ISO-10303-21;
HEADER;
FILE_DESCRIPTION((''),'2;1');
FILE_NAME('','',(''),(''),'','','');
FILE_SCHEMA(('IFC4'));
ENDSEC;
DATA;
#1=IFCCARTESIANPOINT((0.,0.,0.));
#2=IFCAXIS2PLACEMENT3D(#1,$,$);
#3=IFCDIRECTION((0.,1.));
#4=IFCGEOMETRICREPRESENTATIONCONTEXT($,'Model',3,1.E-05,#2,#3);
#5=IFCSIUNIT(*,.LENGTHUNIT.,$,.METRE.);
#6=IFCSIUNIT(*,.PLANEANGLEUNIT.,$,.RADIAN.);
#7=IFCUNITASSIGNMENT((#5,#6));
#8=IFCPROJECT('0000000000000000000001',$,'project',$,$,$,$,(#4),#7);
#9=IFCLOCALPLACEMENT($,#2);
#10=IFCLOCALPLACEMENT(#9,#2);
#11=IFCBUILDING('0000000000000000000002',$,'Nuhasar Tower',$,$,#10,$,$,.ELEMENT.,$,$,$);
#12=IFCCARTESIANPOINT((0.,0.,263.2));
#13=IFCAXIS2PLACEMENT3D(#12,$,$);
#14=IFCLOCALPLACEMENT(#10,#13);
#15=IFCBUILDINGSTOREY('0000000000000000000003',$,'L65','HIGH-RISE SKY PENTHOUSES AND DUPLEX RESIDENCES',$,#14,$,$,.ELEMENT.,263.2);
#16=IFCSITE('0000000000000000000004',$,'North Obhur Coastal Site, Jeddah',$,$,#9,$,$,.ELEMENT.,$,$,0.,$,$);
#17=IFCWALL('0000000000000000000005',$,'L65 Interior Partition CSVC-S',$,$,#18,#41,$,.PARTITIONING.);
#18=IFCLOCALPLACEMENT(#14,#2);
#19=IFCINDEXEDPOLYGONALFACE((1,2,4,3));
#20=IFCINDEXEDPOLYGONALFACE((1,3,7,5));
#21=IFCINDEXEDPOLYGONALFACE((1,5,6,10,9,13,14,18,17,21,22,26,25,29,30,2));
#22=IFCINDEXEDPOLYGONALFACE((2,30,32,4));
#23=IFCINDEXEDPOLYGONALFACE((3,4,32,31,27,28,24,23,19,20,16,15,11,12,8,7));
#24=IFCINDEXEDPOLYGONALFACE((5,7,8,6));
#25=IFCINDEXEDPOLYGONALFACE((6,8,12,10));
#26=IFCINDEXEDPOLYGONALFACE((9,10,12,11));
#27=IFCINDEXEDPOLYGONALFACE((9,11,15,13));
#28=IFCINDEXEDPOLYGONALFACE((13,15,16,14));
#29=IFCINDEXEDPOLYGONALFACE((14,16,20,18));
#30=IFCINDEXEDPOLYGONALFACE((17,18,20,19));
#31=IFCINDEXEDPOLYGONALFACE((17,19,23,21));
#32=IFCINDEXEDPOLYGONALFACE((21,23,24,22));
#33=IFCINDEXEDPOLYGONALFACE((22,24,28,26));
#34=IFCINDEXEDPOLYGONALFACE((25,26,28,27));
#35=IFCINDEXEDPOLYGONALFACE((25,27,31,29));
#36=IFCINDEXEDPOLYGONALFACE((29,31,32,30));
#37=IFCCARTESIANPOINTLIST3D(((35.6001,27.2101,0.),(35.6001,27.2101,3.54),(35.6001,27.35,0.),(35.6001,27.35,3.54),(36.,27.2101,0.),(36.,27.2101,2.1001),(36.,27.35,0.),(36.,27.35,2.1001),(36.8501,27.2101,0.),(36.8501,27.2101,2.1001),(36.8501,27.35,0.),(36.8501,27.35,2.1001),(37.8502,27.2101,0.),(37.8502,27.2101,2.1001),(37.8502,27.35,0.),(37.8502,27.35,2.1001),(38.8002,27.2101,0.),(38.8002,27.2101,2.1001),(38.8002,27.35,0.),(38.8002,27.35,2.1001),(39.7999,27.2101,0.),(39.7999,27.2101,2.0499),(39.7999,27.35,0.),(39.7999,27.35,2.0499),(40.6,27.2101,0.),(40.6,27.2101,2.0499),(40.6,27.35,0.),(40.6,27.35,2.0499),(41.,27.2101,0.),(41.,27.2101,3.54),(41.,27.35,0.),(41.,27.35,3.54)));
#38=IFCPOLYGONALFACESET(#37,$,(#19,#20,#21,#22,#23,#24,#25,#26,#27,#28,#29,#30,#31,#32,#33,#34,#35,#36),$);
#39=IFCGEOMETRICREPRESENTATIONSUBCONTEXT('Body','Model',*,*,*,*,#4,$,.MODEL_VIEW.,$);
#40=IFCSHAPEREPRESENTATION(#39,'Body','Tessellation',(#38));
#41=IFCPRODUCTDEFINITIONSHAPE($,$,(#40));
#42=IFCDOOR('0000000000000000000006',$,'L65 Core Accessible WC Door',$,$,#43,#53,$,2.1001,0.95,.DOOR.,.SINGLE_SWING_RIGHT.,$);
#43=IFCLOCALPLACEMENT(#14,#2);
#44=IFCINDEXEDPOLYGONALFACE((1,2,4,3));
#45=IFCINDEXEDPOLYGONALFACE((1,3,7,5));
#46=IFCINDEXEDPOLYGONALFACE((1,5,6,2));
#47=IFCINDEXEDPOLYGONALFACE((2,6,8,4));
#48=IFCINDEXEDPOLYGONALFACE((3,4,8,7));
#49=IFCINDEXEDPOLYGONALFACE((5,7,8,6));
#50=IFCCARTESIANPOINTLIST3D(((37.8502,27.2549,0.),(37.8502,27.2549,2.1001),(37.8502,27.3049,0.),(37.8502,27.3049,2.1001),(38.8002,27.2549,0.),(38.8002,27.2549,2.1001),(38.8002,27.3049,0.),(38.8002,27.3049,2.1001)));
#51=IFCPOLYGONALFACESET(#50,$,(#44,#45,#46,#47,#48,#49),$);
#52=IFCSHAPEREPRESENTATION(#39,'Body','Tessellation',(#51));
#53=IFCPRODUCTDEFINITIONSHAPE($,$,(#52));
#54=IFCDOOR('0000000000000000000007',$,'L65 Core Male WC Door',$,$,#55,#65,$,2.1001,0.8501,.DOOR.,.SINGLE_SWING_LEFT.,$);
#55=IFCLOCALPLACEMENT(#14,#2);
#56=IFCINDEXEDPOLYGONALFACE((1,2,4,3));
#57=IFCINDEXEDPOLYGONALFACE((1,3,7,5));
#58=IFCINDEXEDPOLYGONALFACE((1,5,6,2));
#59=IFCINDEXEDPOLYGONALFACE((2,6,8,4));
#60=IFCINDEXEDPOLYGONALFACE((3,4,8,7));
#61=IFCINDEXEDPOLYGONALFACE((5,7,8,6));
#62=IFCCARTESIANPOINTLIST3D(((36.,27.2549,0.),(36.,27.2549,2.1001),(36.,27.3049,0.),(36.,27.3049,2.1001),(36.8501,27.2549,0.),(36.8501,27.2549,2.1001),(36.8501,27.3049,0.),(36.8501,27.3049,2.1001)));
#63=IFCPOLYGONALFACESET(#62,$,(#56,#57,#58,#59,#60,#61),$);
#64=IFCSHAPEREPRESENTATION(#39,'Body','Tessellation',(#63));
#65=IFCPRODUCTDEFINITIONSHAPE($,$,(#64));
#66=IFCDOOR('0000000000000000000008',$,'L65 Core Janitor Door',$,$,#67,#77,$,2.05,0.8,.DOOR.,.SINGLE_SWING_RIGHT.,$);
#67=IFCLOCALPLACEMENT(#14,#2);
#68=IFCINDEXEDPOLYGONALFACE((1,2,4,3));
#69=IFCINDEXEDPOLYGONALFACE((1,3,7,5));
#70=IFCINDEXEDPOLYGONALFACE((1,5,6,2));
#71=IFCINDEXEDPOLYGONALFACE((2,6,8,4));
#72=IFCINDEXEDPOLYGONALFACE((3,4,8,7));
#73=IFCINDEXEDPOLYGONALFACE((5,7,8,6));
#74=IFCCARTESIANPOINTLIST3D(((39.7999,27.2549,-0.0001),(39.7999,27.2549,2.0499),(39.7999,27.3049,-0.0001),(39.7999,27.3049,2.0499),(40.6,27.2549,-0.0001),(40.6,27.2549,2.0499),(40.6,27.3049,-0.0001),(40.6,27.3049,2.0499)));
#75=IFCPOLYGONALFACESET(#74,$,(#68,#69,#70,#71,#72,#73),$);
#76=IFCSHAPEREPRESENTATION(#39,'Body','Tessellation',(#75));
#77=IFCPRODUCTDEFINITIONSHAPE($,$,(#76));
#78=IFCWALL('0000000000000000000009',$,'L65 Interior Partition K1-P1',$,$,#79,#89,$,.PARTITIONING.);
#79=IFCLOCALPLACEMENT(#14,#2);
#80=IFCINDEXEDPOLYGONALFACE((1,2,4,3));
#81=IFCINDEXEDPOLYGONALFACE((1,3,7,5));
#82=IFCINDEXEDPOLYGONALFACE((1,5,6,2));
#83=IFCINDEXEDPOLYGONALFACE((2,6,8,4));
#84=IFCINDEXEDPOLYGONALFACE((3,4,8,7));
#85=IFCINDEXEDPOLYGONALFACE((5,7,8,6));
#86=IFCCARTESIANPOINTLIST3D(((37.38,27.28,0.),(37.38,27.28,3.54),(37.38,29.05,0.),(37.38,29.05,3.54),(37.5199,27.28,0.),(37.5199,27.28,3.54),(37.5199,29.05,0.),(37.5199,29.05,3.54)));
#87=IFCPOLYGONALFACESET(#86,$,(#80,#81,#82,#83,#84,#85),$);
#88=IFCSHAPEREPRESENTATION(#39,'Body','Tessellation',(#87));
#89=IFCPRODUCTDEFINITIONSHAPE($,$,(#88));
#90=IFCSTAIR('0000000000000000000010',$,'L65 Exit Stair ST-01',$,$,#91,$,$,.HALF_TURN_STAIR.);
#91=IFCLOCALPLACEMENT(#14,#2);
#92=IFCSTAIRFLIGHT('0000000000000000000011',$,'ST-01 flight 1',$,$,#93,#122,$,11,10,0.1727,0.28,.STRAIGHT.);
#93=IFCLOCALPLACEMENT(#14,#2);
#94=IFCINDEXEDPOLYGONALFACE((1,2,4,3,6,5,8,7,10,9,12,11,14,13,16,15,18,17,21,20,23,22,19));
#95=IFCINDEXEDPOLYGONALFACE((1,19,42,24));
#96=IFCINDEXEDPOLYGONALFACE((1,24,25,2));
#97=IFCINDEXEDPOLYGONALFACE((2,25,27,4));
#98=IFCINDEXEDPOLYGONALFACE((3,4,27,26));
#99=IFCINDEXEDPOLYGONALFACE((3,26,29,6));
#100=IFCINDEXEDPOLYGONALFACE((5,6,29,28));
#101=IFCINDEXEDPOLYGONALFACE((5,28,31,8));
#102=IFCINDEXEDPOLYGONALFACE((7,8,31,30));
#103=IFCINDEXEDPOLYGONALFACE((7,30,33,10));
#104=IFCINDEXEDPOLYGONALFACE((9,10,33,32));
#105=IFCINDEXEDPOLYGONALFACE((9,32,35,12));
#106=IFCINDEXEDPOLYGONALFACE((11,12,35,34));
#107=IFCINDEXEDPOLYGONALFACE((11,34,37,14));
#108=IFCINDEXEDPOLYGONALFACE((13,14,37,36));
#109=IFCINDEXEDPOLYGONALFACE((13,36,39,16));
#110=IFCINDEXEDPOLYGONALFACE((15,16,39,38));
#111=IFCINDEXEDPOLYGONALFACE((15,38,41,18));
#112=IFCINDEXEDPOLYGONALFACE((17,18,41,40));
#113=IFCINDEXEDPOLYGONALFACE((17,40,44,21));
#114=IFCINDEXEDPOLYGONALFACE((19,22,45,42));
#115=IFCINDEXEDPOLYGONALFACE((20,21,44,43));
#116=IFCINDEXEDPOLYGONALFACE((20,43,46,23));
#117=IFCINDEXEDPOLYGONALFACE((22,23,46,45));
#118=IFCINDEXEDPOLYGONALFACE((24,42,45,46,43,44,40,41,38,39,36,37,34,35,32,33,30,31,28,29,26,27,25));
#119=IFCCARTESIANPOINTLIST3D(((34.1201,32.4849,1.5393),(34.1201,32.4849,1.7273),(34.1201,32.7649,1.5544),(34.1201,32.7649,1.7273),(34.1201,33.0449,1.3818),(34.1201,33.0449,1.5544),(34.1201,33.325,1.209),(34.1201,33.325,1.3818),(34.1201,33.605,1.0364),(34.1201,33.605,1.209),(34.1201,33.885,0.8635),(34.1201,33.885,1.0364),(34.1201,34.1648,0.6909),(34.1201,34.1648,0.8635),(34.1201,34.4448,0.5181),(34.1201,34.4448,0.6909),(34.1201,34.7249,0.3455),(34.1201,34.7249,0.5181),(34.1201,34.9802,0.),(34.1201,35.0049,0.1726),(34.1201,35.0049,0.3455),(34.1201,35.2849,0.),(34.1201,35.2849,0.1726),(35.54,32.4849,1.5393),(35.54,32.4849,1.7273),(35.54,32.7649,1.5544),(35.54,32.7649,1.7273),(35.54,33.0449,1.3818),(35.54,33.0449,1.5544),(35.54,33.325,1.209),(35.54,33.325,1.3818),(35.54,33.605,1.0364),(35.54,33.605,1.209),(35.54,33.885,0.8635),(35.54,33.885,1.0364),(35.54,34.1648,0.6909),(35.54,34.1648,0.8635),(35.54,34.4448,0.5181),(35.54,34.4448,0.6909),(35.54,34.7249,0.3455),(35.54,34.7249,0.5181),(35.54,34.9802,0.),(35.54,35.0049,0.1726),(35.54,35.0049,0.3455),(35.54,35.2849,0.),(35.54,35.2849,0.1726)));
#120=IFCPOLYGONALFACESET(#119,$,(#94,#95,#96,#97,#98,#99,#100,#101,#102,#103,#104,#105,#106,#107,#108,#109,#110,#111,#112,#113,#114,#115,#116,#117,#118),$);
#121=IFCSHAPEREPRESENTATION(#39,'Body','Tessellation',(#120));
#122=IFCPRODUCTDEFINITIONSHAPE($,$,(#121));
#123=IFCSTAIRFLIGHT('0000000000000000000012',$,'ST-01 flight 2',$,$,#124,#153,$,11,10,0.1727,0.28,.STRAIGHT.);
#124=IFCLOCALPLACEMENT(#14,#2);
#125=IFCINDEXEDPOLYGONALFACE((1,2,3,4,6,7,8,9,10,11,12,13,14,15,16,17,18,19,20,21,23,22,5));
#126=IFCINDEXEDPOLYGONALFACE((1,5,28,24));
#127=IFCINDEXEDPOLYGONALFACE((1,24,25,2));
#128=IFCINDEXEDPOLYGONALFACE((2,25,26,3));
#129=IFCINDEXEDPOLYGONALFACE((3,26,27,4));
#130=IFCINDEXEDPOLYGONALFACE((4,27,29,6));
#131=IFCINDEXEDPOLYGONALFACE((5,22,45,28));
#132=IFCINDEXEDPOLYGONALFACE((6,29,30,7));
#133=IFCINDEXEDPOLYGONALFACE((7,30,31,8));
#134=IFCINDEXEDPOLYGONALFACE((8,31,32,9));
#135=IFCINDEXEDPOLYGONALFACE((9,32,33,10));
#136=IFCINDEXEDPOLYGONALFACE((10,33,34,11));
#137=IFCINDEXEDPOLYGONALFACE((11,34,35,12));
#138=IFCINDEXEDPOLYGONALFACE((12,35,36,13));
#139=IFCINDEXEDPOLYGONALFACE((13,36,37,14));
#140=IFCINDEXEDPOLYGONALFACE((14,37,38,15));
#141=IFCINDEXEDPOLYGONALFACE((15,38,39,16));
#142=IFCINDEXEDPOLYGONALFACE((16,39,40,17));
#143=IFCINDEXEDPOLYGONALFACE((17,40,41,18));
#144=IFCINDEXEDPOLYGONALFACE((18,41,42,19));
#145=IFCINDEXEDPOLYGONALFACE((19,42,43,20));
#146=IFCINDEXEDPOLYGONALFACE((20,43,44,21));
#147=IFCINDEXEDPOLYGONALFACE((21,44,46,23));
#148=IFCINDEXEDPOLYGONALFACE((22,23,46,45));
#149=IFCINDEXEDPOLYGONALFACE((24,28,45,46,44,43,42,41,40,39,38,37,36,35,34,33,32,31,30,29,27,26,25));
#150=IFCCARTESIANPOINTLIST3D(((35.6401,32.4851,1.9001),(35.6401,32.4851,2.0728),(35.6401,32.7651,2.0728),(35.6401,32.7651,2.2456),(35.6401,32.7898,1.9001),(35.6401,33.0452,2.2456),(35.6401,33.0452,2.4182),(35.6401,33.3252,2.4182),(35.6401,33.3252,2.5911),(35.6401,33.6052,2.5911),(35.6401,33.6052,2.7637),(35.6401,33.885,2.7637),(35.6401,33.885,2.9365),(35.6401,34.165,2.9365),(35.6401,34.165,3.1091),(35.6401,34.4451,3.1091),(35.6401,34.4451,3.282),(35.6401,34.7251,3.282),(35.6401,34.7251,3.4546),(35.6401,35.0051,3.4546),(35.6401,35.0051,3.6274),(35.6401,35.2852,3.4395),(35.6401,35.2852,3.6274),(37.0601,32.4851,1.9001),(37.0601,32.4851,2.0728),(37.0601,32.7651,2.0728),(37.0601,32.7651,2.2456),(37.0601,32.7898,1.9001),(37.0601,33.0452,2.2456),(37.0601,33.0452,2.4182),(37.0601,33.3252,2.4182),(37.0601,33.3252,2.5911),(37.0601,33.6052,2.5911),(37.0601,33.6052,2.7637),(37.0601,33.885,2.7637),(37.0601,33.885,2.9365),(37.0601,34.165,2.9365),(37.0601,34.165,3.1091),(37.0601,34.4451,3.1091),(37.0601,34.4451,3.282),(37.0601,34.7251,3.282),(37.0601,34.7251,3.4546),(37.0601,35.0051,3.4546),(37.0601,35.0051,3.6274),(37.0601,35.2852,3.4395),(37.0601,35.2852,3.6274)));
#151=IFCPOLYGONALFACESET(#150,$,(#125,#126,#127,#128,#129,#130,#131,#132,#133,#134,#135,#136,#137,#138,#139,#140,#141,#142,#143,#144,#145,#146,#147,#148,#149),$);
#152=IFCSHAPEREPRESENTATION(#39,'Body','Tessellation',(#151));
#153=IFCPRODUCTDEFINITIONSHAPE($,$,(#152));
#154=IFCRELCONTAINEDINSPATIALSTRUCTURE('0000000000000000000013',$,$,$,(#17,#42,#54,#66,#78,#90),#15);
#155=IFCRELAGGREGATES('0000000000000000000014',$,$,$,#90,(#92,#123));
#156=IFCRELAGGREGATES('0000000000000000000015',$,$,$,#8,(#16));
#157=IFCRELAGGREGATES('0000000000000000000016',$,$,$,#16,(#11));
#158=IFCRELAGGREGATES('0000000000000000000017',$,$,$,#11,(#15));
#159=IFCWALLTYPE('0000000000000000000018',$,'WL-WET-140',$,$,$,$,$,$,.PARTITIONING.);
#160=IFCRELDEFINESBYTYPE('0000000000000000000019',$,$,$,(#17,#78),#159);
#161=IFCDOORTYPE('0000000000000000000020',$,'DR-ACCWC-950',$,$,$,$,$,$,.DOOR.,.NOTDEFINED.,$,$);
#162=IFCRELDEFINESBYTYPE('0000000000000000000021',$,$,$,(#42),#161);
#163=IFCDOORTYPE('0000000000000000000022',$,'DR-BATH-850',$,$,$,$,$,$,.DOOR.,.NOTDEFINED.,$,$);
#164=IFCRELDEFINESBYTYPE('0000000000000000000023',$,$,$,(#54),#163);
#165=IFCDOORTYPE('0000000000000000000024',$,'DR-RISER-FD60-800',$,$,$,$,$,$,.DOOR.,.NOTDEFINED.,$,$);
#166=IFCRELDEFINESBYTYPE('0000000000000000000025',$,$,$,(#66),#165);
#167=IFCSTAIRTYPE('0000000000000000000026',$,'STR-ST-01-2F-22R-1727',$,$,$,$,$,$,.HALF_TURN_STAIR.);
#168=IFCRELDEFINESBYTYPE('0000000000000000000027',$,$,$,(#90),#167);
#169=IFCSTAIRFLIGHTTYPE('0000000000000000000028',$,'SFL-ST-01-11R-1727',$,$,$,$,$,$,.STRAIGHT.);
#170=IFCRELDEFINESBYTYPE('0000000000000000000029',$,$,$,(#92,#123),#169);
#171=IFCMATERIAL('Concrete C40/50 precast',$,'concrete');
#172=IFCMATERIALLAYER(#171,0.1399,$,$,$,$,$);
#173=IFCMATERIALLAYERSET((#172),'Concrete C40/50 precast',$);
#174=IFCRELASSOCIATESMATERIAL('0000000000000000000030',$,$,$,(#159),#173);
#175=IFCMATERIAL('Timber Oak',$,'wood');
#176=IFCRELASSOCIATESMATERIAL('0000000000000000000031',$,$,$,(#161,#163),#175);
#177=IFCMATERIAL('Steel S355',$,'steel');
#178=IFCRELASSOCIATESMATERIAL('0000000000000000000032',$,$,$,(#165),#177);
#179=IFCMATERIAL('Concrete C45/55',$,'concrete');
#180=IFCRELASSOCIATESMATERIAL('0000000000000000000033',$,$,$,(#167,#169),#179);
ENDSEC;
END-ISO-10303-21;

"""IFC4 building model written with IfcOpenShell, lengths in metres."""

from ifc_helpers import new_model, si_unit, direction, frame, frame_2d, origin, place, context, subcontext, project, spatial, polyline, rectangle, outline, extrude, material, layer, layer_set, type_object, element, fill, aggregate, save


model = new_model("IFC4")

# Units and contexts
model_context = context("Model", 3, precision=1e-05, world=origin(), true_north=direction((0.0, 1.0)))
body_context = subcontext(model_context, "Body", "Model", "MODEL_VIEW")
ifc_project = project(units=[si_unit("LENGTHUNIT", "METRE"), si_unit("PLANEANGLEUNIT", "RADIAN")], contexts=[model_context])

# Site, building, storey
site_placement = place(None, origin())
site = spatial("IfcSite", under=ifc_project, at=site_placement, Name="North Obhur Coastal Site, Jeddah", CompositionType="ELEMENT", RefElevation=0.0)
building_placement = place(site_placement, origin())
building = spatial("IfcBuilding", under=site, at=building_placement, Name="Nuhasar Tower", CompositionType="ELEMENT")
storey_placement = place(building_placement, frame((0.0, 0.0, 263.2)))
storey = spatial("IfcBuildingStorey", under=building, at=storey_placement, Name="L65", Description="HIGH-RISE SKY PENTHOUSES AND DUPLEX RESIDENCES", CompositionType="ELEMENT", Elevation=263.2)

# Shared definitions
ifc_material_1 = material(Name="Steel S355", Category="steel")

# Shared definitions
ifc_material_2 = material(Name="Concrete C40/50 precast", Category="concrete")
ifc_layer_1 = layer(ifc_material_2, 0.1399)
ifc_layer_set_1 = layer_set([ifc_layer_1], Name="Concrete C40/50 precast")
wall_type_1 = type_object("IfcWallType", Name="WL-WET-140", PredefinedType="PARTITIONING", material=ifc_layer_set_1)

# Wall, openings, doors
wall_1_placement = place(storey_placement, frame((35.6001, 27.28, 0.0), z_axis=(0.0, 0.0, 1.0), x_axis=(1.0, 0.0, 0.0)))
wall_1 = element("IfcWall", 1, at=wall_1_placement, inside=storey, type_object=wall_type_1, Name="L65 Interior Partition CSVC-S", PredefinedType="PARTITIONING", context=body_context, shape_type="SweptSolid", body=[
    extrude(rectangle(XDim=5.3999, YDim=0.1399, at=frame_2d((2.7, 0.0))), origin(), (0.0, 0.0, 1.0), 3.54),
])
opening_1_placement = place(wall_1_placement, frame((0.3999, 0.0, 0.0)))
opening_1 = element("IfcOpeningElement", 2, at=opening_1_placement, cuts=wall_1, PredefinedType="OPENING", context=body_context, shape_type="SweptSolid", body=[
    extrude(rectangle(XDim=0.8501, YDim=2.1001, at=frame_2d((0.425, 1.05))), frame((0.0, 0.0801, 0.0), z_axis=(0.0, -1.0, 0.0), x_axis=(1.0, 0.0, 0.0)), (0.0, 0.0, 1.0), 0.1599),
])
opening_2_placement = place(wall_1_placement, frame((2.25, 0.0, 0.0)))
opening_2 = element("IfcOpeningElement", 3, at=opening_2_placement, cuts=wall_1, PredefinedType="OPENING", context=body_context, shape_type="SweptSolid", body=[
    extrude(rectangle(XDim=0.95, YDim=2.1001, at=frame_2d((0.4751, 1.05))), frame((0.0, 0.0801, 0.0), z_axis=(0.0, -1.0, 0.0), x_axis=(1.0, 0.0, 0.0)), (0.0, 0.0, 1.0), 0.1599),
])
opening_3_placement = place(wall_1_placement, frame((4.2, 0.0, 0.0)))
opening_3 = element("IfcOpeningElement", 4, at=opening_3_placement, cuts=wall_1, PredefinedType="OPENING", context=body_context, shape_type="SweptSolid", body=[
    extrude(rectangle(XDim=0.8, YDim=2.05, at=frame_2d((0.3999, 1.0249))), frame((0.0, 0.0801, 0.0), z_axis=(0.0, -1.0, 0.0), x_axis=(1.0, 0.0, 0.0)), (0.0, 0.0, 1.0), 0.1599),
])
ifc_material_3 = material(Name="Timber Oak", Category="wood")
door_type_1 = type_object("IfcDoorType", Name="DR-ACCWC-950", OperationType="NOTDEFINED", PredefinedType="DOOR", material=ifc_material_3)
door_1_placement = place(opening_2_placement, origin())
door_1 = element("IfcDoor", 5, at=door_1_placement, inside=storey, type_object=door_type_1, Name="L65 Core Accessible WC Door", OperationType="SINGLE_SWING_RIGHT", OverallHeight=2.1001, OverallWidth=0.95, PredefinedType="DOOR", context=body_context, shape_type="SweptSolid", body=[
    extrude(rectangle(XDim=0.95, YDim=2.1001, at=frame_2d((0.4751, 1.05))), frame((0.0, 0.0249, 0.0), z_axis=(0.0, -1.0, 0.0), x_axis=(1.0, 0.0, 0.0)), (0.0, 0.0, 1.0), 0.05),
])
fill(opening_2, door_1)
door_type_2 = type_object("IfcDoorType", Name="DR-BATH-850", OperationType="NOTDEFINED", PredefinedType="DOOR", material=ifc_material_3)
door_2_placement = place(opening_1_placement, origin())
door_2 = element("IfcDoor", 6, at=door_2_placement, inside=storey, type_object=door_type_2, Name="L65 Core Male WC Door", OperationType="SINGLE_SWING_LEFT", OverallHeight=2.1001, OverallWidth=0.8501, PredefinedType="DOOR", context=body_context, shape_type="SweptSolid", body=[
    extrude(rectangle(XDim=0.8501, YDim=2.1001, at=frame_2d((0.425, 1.05))), frame((0.0, 0.0249, 0.0), z_axis=(0.0, -1.0, 0.0), x_axis=(1.0, 0.0, 0.0)), (0.0, 0.0, 1.0), 0.05),
])
fill(opening_1, door_2)
door_type_3 = type_object("IfcDoorType", Name="DR-RISER-FD60-800", OperationType="NOTDEFINED", PredefinedType="DOOR", material=ifc_material_1)
door_3_placement = place(opening_3_placement, origin())
door_3 = element("IfcDoor", 7, at=door_3_placement, inside=storey, type_object=door_type_3, Name="L65 Core Janitor Door", OperationType="SINGLE_SWING_RIGHT", OverallHeight=2.05, OverallWidth=0.8, PredefinedType="DOOR", context=body_context, shape_type="SweptSolid", body=[
    extrude(rectangle(XDim=0.8, YDim=2.05, at=frame_2d((0.3999, 1.0249))), frame((0.0, 0.0249, 0.0), z_axis=(0.0, -1.0, 0.0), x_axis=(1.0, 0.0, 0.0)), (0.0, 0.0, 1.0), 0.05),
])
fill(opening_3, door_3)

# Wall
wall_2_placement = place(storey_placement, frame((37.45, 27.28, 0.0), z_axis=(0.0, 0.0, 1.0), x_axis=(0.0, 1.0, 0.0)))
element("IfcWall", 8, at=wall_2_placement, inside=storey, type_object=wall_type_1, Name="L65 Interior Partition K1-P1", PredefinedType="PARTITIONING", context=body_context, shape_type="SweptSolid", body=[
    extrude(rectangle(XDim=1.77, YDim=0.1399, at=frame_2d((0.885, 0.0))), origin(), (0.0, 0.0, 1.0), 3.54),
])

# Stair, stair flights
ifc_material_4 = material(Name="Concrete C45/55", Category="concrete")
stair_type_1 = type_object("IfcStairType", Name="STR-ST-01-2F-22R-1727", PredefinedType="HALF_TURN_STAIR", material=ifc_material_4)
stair_1_placement = place(storey_placement, origin())
stair_1 = element("IfcStair", 9, at=stair_1_placement, inside=storey, type_object=stair_type_1, Name="L65 Exit Stair ST-01", PredefinedType="HALF_TURN_STAIR")
stair_flight_type_1 = type_object("IfcStairFlightType", Name="SFL-ST-01-11R-1727", PredefinedType="STRAIGHT", material=ifc_material_4)
stair_flight_1_placement = place(storey_placement, frame((34.8301, 35.2849, 0.0), z_axis=(0.0, 0.0, 1.0), x_axis=(0.0, -1.0, 0.0)))
stair_flight_1 = element("IfcStairFlight", 10, at=stair_flight_1_placement, type_object=stair_flight_type_1, Name="ST-01 flight 1", NumberOfRisers=11, NumberOfTreads=10, PredefinedType="STRAIGHT", RiserHeight=0.1727, TreadLength=0.28, context=body_context, shape_type="SweptSolid", body=[
    extrude(outline(polyline([(0.0, 0.0), (0.0, 0.1726), (0.28, 0.1726), (0.28, 0.3455), (0.5601, 0.3455), (0.5601, 0.5181), (0.8401, 0.5181), (0.8401, 0.6909), (1.1201, 0.6909), (1.1201, 0.8635), (1.3999, 0.8635), (1.3999, 1.0364), (1.6799, 1.0364), (1.6799, 1.209), (1.96, 1.209), (1.96, 1.3818), (2.24, 1.3818), (2.24, 1.5544), (2.52, 1.5544), (2.52, 1.7273), (2.8, 1.7273), (2.8, 1.8999), (2.8, 1.5393), (0.3047, 0.0), (0.0, 0.0)])), frame((0.0, 0.71, 0.0), z_axis=(0.0, -1.0, 0.0), x_axis=(1.0, 0.0, 0.0)), (0.0, 0.0, 1.0), 1.4199),
])
stair_flight_2_placement = place(storey_placement, frame((36.3501, 32.4851, 1.9001), z_axis=(0.0, 0.0, 1.0), x_axis=(0.0, 1.0, 0.0)))
stair_flight_2 = element("IfcStairFlight", 11, at=stair_flight_2_placement, type_object=stair_flight_type_1, Name="ST-01 flight 2", NumberOfRisers=11, NumberOfTreads=10, PredefinedType="STRAIGHT", RiserHeight=0.1727, TreadLength=0.28, context=body_context, shape_type="SweptSolid", body=[
    extrude(outline(polyline([(0.0, 0.0), (0.0, 0.1726), (0.28, 0.1726), (0.28, 0.3455), (0.5601, 0.3455), (0.5601, 0.5181), (0.8401, 0.5181), (0.8401, 0.6909), (1.1201, 0.6909), (1.1201, 0.8635), (1.3999, 0.8635), (1.3999, 1.0364), (1.6799, 1.0364), (1.6799, 1.209), (1.96, 1.209), (1.96, 1.3818), (2.24, 1.3818), (2.24, 1.5544), (2.52, 1.5544), (2.52, 1.7273), (2.8, 1.7273), (2.8, 1.8999), (2.8, 1.5393), (0.3047, 0.0), (0.0, 0.0)])), frame((0.0, 0.71, 0.0), z_axis=(0.0, -1.0, 0.0), x_axis=(1.0, 0.0, 0.0)), (0.0, 0.0, 1.0), 1.4199),
])
aggregate(stair_1, [stair_flight_1, stair_flight_2])

save(model, "model.ifc")
